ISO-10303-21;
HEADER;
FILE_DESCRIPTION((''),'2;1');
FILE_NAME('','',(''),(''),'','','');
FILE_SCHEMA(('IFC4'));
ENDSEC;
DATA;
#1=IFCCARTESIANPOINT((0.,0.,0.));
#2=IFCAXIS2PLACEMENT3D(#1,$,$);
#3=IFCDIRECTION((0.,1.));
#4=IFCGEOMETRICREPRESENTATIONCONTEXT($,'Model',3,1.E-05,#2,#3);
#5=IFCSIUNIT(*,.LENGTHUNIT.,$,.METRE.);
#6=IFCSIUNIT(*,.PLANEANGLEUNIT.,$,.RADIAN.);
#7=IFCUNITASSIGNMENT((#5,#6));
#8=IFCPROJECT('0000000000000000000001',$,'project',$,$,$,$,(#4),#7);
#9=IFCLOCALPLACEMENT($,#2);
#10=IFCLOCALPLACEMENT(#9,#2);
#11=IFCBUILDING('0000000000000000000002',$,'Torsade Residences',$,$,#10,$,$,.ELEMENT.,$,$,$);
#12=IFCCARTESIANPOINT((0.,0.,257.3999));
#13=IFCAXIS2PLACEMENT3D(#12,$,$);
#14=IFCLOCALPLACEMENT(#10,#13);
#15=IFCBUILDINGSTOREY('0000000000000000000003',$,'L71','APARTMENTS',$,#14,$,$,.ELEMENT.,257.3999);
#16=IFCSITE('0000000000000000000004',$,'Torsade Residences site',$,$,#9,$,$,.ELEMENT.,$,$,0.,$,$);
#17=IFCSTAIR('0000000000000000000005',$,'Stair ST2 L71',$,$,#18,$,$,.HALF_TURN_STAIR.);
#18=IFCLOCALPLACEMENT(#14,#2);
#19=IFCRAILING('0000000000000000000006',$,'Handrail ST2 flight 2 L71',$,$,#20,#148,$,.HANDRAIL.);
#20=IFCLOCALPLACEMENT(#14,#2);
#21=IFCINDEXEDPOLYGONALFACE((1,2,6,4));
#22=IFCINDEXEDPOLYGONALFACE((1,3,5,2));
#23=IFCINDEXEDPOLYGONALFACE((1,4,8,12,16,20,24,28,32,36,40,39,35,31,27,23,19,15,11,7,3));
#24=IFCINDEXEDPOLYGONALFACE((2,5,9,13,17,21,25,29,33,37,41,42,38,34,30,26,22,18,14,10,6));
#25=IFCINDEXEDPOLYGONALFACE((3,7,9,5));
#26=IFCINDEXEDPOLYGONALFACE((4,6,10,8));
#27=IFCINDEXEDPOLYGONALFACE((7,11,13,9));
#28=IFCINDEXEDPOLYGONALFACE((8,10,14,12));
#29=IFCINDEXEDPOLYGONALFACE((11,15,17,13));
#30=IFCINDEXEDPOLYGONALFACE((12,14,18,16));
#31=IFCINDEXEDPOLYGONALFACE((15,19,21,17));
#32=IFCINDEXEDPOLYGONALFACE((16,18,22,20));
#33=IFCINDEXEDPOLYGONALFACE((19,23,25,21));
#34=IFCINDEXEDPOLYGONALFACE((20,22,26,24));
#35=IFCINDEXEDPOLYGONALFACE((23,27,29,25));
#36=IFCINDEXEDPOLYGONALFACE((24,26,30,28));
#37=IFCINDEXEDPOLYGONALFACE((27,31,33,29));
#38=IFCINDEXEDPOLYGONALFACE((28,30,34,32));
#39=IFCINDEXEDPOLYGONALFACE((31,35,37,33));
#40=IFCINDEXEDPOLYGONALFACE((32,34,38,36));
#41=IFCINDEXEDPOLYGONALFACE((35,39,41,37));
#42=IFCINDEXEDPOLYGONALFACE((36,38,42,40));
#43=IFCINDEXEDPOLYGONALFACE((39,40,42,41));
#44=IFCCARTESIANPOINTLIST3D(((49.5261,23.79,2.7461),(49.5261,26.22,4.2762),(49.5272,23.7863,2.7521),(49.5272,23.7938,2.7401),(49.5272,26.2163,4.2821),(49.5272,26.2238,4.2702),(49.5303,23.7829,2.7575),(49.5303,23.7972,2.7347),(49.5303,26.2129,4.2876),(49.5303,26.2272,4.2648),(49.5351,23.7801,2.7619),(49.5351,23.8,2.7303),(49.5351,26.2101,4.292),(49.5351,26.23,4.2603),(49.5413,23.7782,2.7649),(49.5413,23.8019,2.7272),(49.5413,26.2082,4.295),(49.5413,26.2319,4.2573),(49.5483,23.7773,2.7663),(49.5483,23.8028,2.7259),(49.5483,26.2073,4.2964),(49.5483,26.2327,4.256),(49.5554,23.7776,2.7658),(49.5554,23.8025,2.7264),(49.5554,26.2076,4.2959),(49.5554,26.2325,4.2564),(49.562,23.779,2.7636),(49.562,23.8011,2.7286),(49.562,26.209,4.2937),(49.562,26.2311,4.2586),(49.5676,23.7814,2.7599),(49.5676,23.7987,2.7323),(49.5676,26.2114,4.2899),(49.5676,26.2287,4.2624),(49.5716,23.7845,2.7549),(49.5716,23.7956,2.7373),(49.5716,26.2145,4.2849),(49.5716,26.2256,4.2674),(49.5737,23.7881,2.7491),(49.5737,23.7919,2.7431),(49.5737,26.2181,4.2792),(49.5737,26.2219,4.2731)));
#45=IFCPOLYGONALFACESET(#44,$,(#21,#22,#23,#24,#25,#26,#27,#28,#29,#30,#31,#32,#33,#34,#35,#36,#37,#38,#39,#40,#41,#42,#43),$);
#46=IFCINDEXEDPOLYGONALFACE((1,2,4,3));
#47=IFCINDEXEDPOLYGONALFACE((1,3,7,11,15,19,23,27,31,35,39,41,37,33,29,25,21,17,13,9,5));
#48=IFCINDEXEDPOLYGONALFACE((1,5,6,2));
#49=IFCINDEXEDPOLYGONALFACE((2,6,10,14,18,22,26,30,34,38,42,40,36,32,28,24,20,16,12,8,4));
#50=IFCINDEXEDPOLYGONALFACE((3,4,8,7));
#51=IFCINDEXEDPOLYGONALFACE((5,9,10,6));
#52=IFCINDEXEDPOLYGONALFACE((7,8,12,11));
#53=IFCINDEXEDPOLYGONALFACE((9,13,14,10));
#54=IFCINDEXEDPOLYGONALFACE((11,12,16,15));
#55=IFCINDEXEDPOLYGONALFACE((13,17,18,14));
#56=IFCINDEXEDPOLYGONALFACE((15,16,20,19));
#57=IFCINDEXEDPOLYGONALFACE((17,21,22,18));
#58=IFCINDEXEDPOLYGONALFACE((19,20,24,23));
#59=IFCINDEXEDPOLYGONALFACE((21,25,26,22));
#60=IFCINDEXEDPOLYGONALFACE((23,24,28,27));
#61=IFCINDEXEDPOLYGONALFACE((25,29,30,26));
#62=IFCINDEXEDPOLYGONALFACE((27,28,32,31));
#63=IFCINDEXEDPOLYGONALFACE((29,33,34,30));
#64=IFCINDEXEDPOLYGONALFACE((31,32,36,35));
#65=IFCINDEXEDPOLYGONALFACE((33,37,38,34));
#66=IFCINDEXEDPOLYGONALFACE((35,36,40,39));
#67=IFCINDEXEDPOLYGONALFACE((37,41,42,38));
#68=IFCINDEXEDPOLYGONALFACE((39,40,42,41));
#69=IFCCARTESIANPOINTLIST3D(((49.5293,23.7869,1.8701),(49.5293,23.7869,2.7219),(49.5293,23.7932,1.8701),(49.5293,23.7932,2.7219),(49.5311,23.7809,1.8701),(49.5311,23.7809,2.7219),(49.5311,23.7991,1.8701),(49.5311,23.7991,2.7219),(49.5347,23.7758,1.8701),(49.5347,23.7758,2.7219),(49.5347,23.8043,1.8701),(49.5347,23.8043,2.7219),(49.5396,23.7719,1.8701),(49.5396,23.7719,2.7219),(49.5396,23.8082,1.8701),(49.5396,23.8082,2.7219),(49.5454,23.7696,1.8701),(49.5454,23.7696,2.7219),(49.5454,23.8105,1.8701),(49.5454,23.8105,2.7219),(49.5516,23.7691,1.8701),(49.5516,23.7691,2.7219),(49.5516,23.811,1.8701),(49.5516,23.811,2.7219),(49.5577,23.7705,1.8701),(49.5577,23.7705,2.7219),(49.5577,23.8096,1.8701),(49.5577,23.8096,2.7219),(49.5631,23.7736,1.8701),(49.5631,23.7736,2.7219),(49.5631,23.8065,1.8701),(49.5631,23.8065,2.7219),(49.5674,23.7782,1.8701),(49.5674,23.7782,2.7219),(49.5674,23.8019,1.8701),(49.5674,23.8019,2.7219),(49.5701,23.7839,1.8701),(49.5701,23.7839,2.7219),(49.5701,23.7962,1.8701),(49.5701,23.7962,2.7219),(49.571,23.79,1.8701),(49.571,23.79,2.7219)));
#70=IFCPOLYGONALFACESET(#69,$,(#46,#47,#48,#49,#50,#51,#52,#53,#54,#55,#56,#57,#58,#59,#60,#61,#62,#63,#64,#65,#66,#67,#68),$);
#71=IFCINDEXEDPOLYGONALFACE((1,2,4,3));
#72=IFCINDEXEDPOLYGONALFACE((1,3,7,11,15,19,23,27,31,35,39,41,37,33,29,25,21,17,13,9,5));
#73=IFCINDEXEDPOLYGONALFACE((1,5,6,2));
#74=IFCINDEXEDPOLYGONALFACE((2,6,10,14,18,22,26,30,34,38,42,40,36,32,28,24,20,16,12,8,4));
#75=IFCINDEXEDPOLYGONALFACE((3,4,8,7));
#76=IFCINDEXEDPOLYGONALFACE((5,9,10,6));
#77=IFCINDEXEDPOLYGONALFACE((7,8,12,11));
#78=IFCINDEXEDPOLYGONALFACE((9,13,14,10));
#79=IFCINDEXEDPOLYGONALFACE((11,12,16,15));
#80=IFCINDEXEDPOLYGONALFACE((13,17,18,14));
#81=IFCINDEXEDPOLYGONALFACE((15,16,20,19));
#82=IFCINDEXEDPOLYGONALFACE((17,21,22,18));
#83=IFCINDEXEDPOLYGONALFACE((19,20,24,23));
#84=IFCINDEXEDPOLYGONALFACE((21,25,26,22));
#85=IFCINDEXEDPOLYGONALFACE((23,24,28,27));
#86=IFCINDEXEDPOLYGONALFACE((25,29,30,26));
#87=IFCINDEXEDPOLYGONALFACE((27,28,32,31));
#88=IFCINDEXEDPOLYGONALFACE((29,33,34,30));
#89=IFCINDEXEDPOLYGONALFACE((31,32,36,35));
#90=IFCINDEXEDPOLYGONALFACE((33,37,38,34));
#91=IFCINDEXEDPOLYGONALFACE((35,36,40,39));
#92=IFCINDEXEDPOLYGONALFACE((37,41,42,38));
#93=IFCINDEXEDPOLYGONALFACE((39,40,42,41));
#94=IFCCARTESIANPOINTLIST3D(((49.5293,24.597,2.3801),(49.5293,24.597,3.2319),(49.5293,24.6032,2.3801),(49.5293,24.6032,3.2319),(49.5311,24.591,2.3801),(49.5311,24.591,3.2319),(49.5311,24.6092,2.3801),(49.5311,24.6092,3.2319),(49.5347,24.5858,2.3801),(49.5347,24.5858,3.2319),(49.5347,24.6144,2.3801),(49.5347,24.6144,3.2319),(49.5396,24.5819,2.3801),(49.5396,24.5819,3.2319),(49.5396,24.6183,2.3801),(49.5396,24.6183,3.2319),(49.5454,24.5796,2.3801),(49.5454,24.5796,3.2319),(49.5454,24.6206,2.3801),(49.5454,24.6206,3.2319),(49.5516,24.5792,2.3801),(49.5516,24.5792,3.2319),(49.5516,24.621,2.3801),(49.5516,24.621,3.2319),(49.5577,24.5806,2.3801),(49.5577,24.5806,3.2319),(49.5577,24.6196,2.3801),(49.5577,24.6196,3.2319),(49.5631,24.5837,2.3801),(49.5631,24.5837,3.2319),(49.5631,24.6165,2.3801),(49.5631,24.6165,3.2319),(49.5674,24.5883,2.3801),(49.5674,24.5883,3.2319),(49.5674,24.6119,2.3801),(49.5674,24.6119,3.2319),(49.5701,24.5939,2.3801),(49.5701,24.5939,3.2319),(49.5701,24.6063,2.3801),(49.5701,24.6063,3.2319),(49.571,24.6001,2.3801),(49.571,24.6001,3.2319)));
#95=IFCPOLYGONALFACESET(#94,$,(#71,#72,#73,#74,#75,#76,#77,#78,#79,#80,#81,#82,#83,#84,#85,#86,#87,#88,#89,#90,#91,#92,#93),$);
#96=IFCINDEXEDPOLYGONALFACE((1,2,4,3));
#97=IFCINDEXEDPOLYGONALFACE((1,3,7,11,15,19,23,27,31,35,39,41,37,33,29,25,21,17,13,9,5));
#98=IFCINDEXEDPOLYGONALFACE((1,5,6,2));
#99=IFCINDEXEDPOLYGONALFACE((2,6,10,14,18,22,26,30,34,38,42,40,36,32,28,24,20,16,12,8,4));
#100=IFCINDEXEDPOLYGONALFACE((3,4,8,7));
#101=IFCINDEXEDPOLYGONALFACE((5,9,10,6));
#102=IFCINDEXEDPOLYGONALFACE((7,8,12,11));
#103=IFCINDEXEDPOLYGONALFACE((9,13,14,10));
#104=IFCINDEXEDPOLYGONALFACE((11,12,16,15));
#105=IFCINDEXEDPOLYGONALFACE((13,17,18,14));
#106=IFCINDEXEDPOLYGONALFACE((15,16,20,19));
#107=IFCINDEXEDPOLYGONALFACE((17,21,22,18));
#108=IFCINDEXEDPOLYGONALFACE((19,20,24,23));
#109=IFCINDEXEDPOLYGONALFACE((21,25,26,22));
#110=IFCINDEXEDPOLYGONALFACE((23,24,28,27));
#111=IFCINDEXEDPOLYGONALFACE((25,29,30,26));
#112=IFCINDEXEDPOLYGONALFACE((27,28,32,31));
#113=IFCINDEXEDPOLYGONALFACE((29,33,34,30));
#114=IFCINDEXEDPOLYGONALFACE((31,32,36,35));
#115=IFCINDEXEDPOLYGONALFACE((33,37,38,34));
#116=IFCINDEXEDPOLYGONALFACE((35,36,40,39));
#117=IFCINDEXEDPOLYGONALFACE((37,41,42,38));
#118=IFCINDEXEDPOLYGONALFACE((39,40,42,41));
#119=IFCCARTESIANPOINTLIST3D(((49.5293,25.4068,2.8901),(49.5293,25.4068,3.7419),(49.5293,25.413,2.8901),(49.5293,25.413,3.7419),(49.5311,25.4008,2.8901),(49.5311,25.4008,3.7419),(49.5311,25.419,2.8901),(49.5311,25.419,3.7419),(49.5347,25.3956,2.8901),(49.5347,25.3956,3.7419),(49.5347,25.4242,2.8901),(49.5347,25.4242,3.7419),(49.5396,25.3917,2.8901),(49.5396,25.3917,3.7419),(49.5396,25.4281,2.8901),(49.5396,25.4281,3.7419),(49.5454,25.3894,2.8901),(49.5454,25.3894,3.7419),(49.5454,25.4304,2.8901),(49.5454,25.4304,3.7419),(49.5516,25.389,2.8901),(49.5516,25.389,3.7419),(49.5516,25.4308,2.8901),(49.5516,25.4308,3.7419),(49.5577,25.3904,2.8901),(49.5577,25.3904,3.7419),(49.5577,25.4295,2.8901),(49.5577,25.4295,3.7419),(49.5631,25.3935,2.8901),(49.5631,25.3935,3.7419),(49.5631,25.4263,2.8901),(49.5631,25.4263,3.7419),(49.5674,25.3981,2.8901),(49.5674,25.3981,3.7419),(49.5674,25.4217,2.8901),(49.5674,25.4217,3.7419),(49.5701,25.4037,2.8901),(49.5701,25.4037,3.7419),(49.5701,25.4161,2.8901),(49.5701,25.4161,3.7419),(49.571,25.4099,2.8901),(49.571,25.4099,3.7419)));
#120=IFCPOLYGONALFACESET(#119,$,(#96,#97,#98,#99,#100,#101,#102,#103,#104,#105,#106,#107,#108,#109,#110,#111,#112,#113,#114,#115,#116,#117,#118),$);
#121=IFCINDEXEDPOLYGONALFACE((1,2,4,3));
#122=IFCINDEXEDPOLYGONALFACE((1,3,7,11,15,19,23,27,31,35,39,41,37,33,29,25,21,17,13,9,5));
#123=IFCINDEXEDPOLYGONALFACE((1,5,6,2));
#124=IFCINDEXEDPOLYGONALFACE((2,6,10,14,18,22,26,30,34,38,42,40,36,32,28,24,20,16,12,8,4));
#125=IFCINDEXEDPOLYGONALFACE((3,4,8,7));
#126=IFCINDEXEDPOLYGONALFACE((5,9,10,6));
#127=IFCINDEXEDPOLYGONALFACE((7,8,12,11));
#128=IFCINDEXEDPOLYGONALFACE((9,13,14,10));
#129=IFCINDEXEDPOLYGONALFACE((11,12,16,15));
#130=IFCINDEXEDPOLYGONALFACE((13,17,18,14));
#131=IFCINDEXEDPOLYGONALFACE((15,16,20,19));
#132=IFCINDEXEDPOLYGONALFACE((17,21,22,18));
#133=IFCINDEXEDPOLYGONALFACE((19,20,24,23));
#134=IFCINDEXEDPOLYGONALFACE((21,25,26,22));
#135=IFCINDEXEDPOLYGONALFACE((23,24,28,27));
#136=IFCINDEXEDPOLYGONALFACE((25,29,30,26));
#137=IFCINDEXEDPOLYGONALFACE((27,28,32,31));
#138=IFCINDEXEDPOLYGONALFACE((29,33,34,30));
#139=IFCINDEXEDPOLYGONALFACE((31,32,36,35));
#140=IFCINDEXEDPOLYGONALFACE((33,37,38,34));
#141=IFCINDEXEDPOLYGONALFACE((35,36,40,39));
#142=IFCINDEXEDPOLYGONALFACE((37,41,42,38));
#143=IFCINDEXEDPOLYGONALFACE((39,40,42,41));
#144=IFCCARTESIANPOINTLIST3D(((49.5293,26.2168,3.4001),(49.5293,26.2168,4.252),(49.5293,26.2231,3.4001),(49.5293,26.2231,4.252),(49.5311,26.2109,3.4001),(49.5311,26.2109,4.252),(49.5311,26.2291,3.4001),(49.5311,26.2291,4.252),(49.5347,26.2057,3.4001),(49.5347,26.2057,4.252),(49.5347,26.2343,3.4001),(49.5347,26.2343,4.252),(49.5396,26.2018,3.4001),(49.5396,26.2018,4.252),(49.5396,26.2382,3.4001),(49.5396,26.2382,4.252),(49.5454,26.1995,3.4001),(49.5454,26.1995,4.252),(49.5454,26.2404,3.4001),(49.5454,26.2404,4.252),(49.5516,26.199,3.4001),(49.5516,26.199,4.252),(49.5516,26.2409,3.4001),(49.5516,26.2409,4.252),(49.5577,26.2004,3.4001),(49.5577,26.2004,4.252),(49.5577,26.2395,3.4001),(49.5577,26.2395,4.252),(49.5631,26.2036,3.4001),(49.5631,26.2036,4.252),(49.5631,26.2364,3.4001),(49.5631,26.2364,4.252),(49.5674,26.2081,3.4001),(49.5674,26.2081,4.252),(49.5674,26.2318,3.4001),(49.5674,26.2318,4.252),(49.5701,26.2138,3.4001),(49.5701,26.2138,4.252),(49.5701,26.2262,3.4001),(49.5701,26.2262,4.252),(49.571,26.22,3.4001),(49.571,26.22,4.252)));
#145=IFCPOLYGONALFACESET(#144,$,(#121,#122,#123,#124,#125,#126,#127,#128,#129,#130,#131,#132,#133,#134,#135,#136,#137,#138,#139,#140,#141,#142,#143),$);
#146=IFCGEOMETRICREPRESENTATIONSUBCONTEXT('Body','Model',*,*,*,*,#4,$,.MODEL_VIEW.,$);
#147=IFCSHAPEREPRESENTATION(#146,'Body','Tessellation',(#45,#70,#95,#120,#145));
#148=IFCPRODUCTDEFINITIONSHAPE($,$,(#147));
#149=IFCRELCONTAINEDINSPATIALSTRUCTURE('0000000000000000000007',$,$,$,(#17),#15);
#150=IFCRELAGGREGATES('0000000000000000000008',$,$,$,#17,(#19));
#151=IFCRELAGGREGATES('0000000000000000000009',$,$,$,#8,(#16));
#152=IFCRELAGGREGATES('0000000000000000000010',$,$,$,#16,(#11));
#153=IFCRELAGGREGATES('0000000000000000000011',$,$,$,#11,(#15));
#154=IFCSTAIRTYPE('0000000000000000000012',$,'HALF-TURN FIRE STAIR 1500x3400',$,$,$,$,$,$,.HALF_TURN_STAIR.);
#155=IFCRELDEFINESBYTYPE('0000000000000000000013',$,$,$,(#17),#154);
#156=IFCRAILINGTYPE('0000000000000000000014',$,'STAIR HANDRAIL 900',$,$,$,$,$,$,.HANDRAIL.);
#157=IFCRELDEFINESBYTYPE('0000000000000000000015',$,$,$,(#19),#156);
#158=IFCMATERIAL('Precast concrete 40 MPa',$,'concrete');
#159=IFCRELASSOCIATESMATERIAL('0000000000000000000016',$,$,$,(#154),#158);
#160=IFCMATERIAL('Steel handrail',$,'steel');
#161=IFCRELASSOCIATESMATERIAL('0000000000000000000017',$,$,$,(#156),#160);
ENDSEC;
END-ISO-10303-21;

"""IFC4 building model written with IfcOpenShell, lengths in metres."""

from ifc_helpers import new_model, si_unit, direction, frame, origin, origin_2d, place, context, subcontext, project, spatial, circle, extrude, material, type_object, element, aggregate, save


model = new_model("IFC4")

# Units and contexts
model_context = context("Model", 3, precision=1e-05, world=origin(), true_north=direction((0.0, 1.0)))
body_context = subcontext(model_context, "Body", "Model", "MODEL_VIEW")
ifc_project = project(units=[si_unit("LENGTHUNIT", "METRE"), si_unit("PLANEANGLEUNIT", "RADIAN")], contexts=[model_context])

# Site, building, storey
site_placement = place(None, origin())
site = spatial("IfcSite", under=ifc_project, at=site_placement, Name="Torsade Residences site", CompositionType="ELEMENT", RefElevation=0.0)
building_placement = place(site_placement, origin())
building = spatial("IfcBuilding", under=site, at=building_placement, Name="Torsade Residences", CompositionType="ELEMENT")
storey_placement = place(building_placement, frame((0.0, 0.0, 257.3999)))
storey = spatial("IfcBuildingStorey", under=building, at=storey_placement, Name="L71", Description="APARTMENTS", CompositionType="ELEMENT", Elevation=257.3999)

# Stair, railing
ifc_material_1 = material(Name="Precast concrete 40 MPa", Category="concrete")
stair_type = type_object("IfcStairType", Name="HALF-TURN FIRE STAIR 1500x3400", PredefinedType="HALF_TURN_STAIR", material=ifc_material_1)
stair_placement = place(storey_placement, origin())
stair = element("IfcStair", 1, at=stair_placement, inside=storey, type_object=stair_type, Name="Stair ST2 L71", PredefinedType="HALF_TURN_STAIR")
ifc_material_2 = material(Name="Steel handrail", Category="steel")
railing_type = type_object("IfcRailingType", Name="STAIR HANDRAIL 900", PredefinedType="HANDRAIL", material=ifc_material_2)
railing_1_placement = place(storey_placement, frame((49.55, 23.79, 1.8701)))
railing_1 = element("IfcRailing", 2, at=railing_1_placement, type_object=railing_type, Name="Handrail ST2 flight 2 L71", PredefinedType="HANDRAIL", context=body_context, shape_type="SweptSolid", body=[
    extrude(circle(Radius=0.0239, at=origin_2d()), frame((0.0, 0.0, 0.876), z_axis=(0.0, 0.846221, 0.532831), x_axis=(-1.0, 0.0, 0.0)), (0.0, 0.0, 1.0), 2.8716),
    extrude(circle(Radius=0.021, at=origin_2d()), origin(), (0.0, 0.0, 1.0), 0.8518),
    extrude(circle(Radius=0.021, at=origin_2d()), frame((0.0, 0.8101, 0.51)), (0.0, 0.0, 1.0), 0.8518),
    extrude(circle(Radius=0.021, at=origin_2d()), frame((0.0, 1.6199, 1.02)), (0.0, 0.0, 1.0), 0.8518),
    extrude(circle(Radius=0.021, at=origin_2d()), frame((0.0, 2.4299, 1.53)), (0.0, 0.0, 1.0), 0.8518),
])
aggregate(stair, [railing_1])

save(model, "model.ifc")
